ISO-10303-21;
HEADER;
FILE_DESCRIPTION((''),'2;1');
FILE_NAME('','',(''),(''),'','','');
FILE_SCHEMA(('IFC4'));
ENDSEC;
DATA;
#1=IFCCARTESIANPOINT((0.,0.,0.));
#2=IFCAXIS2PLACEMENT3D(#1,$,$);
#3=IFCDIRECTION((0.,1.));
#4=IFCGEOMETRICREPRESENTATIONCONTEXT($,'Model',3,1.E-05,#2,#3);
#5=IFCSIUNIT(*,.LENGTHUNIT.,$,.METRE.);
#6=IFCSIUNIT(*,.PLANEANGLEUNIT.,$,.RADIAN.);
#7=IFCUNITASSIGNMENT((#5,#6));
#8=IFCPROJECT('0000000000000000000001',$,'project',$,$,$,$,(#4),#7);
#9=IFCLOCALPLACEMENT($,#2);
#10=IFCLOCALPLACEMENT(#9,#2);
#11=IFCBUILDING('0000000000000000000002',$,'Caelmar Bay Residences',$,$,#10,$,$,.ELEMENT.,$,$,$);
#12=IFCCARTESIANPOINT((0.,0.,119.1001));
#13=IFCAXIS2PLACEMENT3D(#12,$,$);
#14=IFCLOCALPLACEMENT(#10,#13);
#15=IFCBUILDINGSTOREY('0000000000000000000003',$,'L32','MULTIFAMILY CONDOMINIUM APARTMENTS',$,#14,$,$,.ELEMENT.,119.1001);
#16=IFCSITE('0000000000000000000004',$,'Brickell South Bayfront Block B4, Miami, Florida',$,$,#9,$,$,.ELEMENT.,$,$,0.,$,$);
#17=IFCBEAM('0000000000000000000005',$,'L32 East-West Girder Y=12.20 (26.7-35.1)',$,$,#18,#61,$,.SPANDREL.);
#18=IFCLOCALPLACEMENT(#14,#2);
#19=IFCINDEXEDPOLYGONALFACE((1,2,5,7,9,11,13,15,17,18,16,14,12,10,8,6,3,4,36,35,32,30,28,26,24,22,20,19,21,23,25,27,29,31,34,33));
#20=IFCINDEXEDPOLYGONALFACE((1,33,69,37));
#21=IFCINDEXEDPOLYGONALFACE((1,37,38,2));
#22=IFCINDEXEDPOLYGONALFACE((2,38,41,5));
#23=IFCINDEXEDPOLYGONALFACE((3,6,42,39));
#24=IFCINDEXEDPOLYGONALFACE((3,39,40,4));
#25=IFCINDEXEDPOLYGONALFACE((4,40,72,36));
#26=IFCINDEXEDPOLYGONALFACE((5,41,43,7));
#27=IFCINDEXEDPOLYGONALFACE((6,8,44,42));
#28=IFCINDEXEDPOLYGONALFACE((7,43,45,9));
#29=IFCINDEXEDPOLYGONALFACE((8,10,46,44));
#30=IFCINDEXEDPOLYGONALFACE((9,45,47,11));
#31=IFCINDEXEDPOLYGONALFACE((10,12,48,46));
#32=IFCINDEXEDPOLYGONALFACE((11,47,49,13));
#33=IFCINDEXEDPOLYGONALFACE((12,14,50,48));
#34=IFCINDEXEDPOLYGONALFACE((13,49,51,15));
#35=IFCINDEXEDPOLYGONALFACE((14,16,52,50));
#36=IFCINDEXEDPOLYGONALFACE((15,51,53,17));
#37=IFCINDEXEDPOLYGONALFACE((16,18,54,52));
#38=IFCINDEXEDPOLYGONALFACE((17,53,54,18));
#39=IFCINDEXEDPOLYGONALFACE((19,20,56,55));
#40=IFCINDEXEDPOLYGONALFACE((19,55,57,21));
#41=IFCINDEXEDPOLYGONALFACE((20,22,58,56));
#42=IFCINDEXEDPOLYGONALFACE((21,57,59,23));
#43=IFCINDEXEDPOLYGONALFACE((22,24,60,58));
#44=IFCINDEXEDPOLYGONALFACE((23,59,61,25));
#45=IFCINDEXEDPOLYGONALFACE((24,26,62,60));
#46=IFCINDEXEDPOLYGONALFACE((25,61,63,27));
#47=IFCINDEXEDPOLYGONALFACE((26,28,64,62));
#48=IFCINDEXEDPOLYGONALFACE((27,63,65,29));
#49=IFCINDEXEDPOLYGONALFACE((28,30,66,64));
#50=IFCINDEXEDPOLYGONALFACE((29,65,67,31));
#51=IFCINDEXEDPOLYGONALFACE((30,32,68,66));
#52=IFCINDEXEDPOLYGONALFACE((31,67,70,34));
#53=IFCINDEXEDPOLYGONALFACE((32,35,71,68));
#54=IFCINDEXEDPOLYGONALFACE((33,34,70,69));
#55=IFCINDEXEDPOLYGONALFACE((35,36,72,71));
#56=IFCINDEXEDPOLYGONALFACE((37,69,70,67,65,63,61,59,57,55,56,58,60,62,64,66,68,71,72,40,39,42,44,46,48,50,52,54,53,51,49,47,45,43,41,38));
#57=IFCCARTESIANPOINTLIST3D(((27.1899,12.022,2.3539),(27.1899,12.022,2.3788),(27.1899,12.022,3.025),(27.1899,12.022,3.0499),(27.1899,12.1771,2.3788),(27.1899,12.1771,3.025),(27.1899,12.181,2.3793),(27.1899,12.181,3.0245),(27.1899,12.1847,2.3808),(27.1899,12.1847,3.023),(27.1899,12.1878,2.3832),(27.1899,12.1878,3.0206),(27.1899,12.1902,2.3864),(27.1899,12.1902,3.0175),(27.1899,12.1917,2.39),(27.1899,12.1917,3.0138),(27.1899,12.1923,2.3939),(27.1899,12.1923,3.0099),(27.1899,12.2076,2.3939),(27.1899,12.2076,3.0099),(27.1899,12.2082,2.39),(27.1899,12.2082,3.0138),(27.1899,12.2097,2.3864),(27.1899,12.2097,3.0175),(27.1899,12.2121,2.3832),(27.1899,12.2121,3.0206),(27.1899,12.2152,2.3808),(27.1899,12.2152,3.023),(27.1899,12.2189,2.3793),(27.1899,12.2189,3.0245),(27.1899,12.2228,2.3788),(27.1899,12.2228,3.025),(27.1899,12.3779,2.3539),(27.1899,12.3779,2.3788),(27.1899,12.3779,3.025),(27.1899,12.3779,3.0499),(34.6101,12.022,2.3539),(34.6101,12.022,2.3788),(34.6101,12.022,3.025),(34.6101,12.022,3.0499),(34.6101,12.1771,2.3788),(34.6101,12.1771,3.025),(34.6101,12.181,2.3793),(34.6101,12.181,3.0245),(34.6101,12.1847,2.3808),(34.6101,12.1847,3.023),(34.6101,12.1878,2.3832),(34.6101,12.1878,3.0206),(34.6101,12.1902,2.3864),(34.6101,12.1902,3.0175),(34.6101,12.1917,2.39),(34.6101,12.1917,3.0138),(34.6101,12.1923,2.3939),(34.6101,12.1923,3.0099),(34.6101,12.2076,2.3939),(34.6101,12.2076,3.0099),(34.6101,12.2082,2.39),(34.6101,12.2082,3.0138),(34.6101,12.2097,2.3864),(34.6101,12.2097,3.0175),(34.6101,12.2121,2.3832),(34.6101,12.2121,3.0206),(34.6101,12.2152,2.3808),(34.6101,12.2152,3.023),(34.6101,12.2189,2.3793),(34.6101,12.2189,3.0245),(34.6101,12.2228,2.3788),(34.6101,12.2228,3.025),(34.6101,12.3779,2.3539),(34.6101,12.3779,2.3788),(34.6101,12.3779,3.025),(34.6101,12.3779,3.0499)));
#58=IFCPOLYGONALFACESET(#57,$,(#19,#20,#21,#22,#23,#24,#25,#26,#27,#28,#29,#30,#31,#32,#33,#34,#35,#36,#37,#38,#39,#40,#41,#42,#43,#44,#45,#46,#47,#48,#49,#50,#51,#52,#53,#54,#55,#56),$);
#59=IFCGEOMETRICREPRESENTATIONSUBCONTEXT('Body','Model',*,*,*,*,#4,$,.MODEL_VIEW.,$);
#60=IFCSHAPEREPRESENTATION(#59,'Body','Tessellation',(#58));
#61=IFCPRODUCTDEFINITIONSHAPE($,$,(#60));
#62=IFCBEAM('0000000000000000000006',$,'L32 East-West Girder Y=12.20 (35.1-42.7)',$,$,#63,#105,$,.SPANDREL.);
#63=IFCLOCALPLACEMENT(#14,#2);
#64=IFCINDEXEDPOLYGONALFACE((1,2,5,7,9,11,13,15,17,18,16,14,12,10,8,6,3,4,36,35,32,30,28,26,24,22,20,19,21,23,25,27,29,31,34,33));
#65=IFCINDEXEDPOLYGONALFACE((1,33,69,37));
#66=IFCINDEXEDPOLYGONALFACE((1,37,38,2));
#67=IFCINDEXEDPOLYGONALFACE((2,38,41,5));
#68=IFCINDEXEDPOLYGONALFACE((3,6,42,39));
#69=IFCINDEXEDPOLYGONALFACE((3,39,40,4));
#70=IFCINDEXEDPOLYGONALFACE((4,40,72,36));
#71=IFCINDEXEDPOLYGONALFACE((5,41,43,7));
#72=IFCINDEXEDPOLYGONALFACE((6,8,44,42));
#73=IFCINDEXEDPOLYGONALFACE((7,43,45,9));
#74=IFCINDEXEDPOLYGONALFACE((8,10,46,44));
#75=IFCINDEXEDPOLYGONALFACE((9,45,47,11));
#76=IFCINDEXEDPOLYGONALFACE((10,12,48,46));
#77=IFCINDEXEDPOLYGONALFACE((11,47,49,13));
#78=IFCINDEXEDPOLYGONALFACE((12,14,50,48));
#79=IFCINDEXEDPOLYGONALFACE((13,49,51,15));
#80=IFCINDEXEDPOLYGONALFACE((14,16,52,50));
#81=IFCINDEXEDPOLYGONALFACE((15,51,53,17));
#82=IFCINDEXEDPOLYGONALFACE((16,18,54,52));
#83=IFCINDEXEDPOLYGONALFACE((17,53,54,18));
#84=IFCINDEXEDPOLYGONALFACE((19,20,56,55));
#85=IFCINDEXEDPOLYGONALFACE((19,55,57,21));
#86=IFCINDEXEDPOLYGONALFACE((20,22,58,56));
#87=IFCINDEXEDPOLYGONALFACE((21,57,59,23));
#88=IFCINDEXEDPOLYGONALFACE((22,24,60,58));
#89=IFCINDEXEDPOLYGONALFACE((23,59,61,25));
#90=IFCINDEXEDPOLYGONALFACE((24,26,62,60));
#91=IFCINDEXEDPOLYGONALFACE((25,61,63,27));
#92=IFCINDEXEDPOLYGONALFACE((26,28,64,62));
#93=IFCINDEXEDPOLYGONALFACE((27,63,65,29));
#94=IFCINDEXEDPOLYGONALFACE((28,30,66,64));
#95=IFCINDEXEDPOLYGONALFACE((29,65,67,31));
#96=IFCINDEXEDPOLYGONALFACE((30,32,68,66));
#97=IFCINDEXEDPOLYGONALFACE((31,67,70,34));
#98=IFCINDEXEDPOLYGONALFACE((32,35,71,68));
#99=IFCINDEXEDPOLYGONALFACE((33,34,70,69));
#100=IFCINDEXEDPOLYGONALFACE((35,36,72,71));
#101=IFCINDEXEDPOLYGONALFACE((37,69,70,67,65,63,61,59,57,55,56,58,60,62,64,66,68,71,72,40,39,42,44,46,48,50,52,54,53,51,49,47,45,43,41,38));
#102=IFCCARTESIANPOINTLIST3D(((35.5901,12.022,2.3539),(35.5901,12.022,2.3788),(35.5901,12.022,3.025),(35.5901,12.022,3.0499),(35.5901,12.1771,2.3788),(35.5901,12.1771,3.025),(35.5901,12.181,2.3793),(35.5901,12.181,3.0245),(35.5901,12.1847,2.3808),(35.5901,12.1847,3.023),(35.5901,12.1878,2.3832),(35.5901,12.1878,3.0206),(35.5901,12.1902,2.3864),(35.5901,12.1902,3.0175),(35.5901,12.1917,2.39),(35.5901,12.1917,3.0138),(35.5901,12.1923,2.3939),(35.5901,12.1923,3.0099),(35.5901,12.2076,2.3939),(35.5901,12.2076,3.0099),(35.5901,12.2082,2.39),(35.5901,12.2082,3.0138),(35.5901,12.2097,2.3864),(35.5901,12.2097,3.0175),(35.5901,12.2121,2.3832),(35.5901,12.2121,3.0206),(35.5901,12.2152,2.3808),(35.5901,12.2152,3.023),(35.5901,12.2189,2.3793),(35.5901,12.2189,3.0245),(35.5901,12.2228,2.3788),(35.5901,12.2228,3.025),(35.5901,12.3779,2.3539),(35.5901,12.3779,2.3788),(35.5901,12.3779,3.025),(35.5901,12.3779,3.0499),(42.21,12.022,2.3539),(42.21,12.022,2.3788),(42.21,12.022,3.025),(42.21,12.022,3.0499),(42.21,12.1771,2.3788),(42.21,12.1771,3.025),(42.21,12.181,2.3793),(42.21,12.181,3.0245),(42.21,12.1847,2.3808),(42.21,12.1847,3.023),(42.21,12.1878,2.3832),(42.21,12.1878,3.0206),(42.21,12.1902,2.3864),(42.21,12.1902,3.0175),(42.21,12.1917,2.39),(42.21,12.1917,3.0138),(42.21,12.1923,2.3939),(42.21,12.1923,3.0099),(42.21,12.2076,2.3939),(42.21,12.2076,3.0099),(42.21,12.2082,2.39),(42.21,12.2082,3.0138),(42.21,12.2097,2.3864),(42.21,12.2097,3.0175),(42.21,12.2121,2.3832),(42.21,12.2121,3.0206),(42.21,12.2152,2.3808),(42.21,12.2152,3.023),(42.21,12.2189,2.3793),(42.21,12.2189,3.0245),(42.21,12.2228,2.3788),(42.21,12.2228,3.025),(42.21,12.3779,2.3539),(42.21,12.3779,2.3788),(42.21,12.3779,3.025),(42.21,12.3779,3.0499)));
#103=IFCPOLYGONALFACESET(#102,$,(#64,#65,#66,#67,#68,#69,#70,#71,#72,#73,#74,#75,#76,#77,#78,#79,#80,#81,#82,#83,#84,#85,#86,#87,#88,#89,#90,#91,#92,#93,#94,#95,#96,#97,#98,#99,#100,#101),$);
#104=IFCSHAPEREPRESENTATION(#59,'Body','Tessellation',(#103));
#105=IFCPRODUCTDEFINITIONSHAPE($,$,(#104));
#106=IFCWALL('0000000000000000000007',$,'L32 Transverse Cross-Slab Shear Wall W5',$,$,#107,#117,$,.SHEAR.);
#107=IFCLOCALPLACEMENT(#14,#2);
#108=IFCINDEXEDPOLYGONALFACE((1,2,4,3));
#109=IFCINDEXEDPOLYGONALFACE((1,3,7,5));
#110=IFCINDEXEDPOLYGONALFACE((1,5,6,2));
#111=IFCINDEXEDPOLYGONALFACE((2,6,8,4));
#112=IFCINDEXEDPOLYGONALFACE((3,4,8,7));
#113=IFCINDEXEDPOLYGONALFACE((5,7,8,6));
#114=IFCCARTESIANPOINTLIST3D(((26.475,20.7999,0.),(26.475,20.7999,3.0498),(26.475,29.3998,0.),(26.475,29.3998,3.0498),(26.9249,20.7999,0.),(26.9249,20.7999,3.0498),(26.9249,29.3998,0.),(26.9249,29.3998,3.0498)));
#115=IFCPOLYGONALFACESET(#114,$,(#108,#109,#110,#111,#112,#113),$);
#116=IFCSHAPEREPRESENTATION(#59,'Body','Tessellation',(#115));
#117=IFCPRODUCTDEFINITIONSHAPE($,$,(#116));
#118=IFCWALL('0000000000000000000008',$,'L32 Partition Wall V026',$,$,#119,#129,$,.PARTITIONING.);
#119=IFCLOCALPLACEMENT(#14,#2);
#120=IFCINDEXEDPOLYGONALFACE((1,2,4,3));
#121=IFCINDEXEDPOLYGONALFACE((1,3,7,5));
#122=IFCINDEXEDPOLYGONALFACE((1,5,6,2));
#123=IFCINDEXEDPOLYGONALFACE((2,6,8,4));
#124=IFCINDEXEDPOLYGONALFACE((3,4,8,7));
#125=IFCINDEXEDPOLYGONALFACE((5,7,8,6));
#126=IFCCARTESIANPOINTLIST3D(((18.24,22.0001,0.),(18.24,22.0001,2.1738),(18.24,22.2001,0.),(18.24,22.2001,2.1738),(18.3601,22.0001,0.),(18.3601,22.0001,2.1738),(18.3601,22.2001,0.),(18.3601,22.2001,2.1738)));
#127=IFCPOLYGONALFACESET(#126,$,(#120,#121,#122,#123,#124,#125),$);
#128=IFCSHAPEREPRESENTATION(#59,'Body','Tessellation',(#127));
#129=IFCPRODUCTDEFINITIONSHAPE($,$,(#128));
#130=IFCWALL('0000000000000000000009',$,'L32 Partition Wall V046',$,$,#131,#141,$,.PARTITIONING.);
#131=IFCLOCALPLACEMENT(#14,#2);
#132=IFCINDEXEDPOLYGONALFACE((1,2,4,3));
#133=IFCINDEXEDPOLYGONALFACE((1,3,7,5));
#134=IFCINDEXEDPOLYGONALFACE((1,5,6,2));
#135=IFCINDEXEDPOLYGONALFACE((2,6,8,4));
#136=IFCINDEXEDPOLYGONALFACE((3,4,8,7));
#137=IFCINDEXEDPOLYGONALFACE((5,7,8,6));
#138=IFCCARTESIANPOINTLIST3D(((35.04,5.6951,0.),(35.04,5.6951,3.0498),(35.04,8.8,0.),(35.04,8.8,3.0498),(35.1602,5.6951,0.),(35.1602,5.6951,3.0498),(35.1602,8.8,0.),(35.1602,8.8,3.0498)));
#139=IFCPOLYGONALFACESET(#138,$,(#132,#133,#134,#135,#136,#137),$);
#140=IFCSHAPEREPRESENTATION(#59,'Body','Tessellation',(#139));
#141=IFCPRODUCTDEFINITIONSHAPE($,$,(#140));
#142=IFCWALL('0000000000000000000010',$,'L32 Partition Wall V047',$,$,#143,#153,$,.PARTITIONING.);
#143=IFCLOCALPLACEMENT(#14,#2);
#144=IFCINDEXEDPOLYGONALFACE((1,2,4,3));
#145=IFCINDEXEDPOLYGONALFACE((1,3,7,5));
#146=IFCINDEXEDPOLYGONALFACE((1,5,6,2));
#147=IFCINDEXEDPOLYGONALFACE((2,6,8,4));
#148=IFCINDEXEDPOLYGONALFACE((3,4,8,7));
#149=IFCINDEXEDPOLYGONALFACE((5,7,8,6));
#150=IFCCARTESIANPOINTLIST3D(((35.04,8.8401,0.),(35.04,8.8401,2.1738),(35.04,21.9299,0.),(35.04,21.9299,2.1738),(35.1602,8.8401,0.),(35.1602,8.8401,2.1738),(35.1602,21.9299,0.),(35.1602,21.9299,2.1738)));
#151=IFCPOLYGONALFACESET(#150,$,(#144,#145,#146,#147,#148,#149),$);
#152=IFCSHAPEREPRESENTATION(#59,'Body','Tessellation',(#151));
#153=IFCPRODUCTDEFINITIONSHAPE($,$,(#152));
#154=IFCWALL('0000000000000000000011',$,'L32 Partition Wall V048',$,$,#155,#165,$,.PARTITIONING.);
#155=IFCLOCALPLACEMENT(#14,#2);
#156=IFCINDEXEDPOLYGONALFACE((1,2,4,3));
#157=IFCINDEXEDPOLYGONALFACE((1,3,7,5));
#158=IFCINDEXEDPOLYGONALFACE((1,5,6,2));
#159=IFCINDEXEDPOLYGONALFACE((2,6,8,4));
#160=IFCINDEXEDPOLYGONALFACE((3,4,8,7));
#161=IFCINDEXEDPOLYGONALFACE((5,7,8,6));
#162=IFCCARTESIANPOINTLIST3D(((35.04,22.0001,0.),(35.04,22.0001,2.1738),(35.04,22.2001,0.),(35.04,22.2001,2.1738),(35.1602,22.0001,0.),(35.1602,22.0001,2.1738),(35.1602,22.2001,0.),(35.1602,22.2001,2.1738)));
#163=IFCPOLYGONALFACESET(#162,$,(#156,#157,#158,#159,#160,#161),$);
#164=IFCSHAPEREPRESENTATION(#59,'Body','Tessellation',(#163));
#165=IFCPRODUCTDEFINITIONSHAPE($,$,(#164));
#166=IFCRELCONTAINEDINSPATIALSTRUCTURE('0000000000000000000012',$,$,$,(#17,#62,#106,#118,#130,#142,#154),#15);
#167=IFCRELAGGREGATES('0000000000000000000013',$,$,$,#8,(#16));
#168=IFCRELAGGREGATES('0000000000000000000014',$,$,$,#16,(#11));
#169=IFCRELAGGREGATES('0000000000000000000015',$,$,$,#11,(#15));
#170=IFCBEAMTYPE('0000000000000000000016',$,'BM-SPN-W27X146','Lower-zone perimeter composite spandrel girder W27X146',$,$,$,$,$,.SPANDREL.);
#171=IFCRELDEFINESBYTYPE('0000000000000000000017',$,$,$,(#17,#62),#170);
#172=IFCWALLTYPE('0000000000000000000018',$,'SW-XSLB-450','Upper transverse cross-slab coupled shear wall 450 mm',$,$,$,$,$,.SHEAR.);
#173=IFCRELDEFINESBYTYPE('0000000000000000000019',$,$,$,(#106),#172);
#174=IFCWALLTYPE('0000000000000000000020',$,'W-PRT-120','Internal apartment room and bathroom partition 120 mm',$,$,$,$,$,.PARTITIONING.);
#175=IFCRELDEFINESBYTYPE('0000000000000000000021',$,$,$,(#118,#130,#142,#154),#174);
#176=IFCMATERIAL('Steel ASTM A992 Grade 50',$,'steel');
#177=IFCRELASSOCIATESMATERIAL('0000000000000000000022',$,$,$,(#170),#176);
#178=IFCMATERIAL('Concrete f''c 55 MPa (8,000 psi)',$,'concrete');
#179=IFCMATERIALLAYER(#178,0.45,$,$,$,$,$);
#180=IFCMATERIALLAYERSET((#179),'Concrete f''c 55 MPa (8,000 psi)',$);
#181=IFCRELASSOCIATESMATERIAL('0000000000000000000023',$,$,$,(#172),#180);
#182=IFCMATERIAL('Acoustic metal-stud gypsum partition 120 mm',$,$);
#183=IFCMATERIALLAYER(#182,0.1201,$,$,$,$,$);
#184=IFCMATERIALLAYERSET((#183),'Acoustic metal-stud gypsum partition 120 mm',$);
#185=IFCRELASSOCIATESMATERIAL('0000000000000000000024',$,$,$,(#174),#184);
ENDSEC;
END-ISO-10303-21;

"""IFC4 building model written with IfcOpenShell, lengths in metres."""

from ifc_helpers import new_model, si_unit, direction, frame, frame_2d, origin, origin_2d, place, context, subcontext, project, spatial, rectangle, i_section, extrude, material, layer, layer_set, material_profile, profile_set, type_object, element, save


model = new_model("IFC4")

# Units and contexts
model_context = context("Model", 3, precision=1e-05, world=origin(), true_north=direction((0.0, 1.0)))
body_context = subcontext(model_context, "Body", "Model", "MODEL_VIEW")
ifc_project = project(units=[si_unit("LENGTHUNIT", "METRE"), si_unit("PLANEANGLEUNIT", "RADIAN")], contexts=[model_context])

# Site, building, storey
site_placement = place(None, origin())
site = spatial("IfcSite", under=ifc_project, at=site_placement, Name="Brickell South Bayfront Block B4, Miami, Florida", CompositionType="ELEMENT", RefElevation=0.0)
building_placement = place(site_placement, origin())
building = spatial("IfcBuilding", under=site, at=building_placement, Name="Caelmar Bay Residences", CompositionType="ELEMENT")
storey_placement = place(building_placement, frame((0.0, 0.0, 119.1001)))
storey = spatial("IfcBuildingStorey", under=building, at=storey_placement, Name="L32", Description="MULTIFAMILY CONDOMINIUM APARTMENTS", CompositionType="ELEMENT", Elevation=119.1001)

# Beams
ifc_material_1 = material(Name="Steel ASTM A992 Grade 50", Category="steel")
ifc_material_profile_1 = material_profile(ifc_material_1, i_section(OverallWidth=0.356, OverallDepth=0.696, WebThickness=0.0154, FlangeThickness=0.0249, FilletRadius=0.0151, at=origin_2d()), Name="W27X146")
ifc_profile_set_1 = profile_set([ifc_material_profile_1], Name="Steel ASTM A992 Grade 50")
beam_type_1 = type_object("IfcBeamType", Name="BM-SPN-W27X146", Description="Lower-zone perimeter composite spandrel girder W27X146", PredefinedType="SPANDREL", material=ifc_profile_set_1)
beam_1_placement = place(storey_placement, frame((27.1899, 12.2, 2.7019), z_axis=(1.0, 0.0, 0.0), x_axis=(0.0, 1.0, 0.0)))
element("IfcBeam", 1, at=beam_1_placement, inside=storey, type_object=beam_type_1, Name="L32 East-West Girder Y=12.20 (26.7-35.1)", PredefinedType="SPANDREL", context=body_context, shape_type="SweptSolid", body=[
    extrude(i_section(OverallWidth=0.356, OverallDepth=0.696, WebThickness=0.0154, FlangeThickness=0.0249, FilletRadius=0.0151, at=origin_2d()), origin(), (0.0, 0.0, 1.0), 7.4202),
])
beam_2_placement = place(storey_placement, frame((35.5901, 12.2, 2.7019), z_axis=(1.0, 0.0, 0.0), x_axis=(0.0, 1.0, 0.0)))
element("IfcBeam", 2, at=beam_2_placement, inside=storey, type_object=beam_type_1, Name="L32 East-West Girder Y=12.20 (35.1-42.7)", PredefinedType="SPANDREL", context=body_context, shape_type="SweptSolid", body=[
    extrude(i_section(OverallWidth=0.356, OverallDepth=0.696, WebThickness=0.0154, FlangeThickness=0.0249, FilletRadius=0.0151, at=origin_2d()), origin(), (0.0, 0.0, 1.0), 6.6199),
])

# Walls
ifc_material_2 = material(Name="Concrete f'c 55 MPa (8,000 psi)", Category="concrete")
ifc_layer_1 = layer(ifc_material_2, 0.45)
ifc_layer_set_1 = layer_set([ifc_layer_1], Name="Concrete f'c 55 MPa (8,000 psi)")
wall_type_1 = type_object("IfcWallType", Name="SW-XSLB-450", Description="Upper transverse cross-slab coupled shear wall 450 mm", PredefinedType="SHEAR", material=ifc_layer_set_1)
wall_1_placement = place(storey_placement, frame((26.7, 20.8, 0.0), z_axis=(0.0, 0.0, 1.0), x_axis=(0.0, 1.0, 0.0)))
element("IfcWall", 3, at=wall_1_placement, inside=storey, type_object=wall_type_1, Name="L32 Transverse Cross-Slab Shear Wall W5", PredefinedType="SHEAR", context=body_context, shape_type="SweptSolid", body=[
    extrude(rectangle(XDim=8.5999, YDim=0.45, at=frame_2d((4.2998, 0.0))), origin(), (0.0, 0.0, 1.0), 3.0498),
])
ifc_material_3 = material(Name="Acoustic metal-stud gypsum partition 120 mm")
ifc_layer_2 = layer(ifc_material_3, 0.1201)
ifc_layer_set_2 = layer_set([ifc_layer_2], Name="Acoustic metal-stud gypsum partition 120 mm")
wall_type_2 = type_object("IfcWallType", Name="W-PRT-120", Description="Internal apartment room and bathroom partition 120 mm", PredefinedType="PARTITIONING", material=ifc_layer_set_2)
wall_2_placement = place(storey_placement, frame((18.3, 22.0, 0.0), z_axis=(0.0, 0.0, 1.0), x_axis=(0.0, 1.0, 0.0)))
element("IfcWall", 4, at=wall_2_placement, inside=storey, type_object=wall_type_2, Name="L32 Partition Wall V026", PredefinedType="PARTITIONING", context=body_context, shape_type="SweptSolid", body=[
    extrude(rectangle(XDim=0.2, YDim=0.1201, at=frame_2d((0.1001, 0.0))), origin(), (0.0, 0.0, 1.0), 2.1738),
])
wall_3_placement = place(storey_placement, frame((35.1001, 5.6951, 0.0), z_axis=(0.0, 0.0, 1.0), x_axis=(0.0, 1.0, 0.0)))
element("IfcWall", 5, at=wall_3_placement, inside=storey, type_object=wall_type_2, Name="L32 Partition Wall V046", PredefinedType="PARTITIONING", context=body_context, shape_type="SweptSolid", body=[
    extrude(rectangle(XDim=3.105, YDim=0.1201, at=frame_2d((1.5525, 0.0))), origin(), (0.0, 0.0, 1.0), 3.0498),
])
wall_4_placement = place(storey_placement, frame((35.1001, 8.8401, 0.0), z_axis=(0.0, 0.0, 1.0), x_axis=(0.0, 1.0, 0.0)))
element("IfcWall", 6, at=wall_4_placement, inside=storey, type_object=wall_type_2, Name="L32 Partition Wall V047", PredefinedType="PARTITIONING", context=body_context, shape_type="SweptSolid", body=[
    extrude(rectangle(XDim=13.0898, YDim=0.1201, at=frame_2d((6.5449, 0.0))), origin(), (0.0, 0.0, 1.0), 2.1738),
])
wall_5_placement = place(storey_placement, frame((35.1001, 22.0, 0.0), z_axis=(0.0, 0.0, 1.0), x_axis=(0.0, 1.0, 0.0)))
element("IfcWall", 7, at=wall_5_placement, inside=storey, type_object=wall_type_2, Name="L32 Partition Wall V048", PredefinedType="PARTITIONING", context=body_context, shape_type="SweptSolid", body=[
    extrude(rectangle(XDim=0.2, YDim=0.1201, at=frame_2d((0.1001, 0.0))), origin(), (0.0, 0.0, 1.0), 2.1738),
])

save(model, "model.ifc")
